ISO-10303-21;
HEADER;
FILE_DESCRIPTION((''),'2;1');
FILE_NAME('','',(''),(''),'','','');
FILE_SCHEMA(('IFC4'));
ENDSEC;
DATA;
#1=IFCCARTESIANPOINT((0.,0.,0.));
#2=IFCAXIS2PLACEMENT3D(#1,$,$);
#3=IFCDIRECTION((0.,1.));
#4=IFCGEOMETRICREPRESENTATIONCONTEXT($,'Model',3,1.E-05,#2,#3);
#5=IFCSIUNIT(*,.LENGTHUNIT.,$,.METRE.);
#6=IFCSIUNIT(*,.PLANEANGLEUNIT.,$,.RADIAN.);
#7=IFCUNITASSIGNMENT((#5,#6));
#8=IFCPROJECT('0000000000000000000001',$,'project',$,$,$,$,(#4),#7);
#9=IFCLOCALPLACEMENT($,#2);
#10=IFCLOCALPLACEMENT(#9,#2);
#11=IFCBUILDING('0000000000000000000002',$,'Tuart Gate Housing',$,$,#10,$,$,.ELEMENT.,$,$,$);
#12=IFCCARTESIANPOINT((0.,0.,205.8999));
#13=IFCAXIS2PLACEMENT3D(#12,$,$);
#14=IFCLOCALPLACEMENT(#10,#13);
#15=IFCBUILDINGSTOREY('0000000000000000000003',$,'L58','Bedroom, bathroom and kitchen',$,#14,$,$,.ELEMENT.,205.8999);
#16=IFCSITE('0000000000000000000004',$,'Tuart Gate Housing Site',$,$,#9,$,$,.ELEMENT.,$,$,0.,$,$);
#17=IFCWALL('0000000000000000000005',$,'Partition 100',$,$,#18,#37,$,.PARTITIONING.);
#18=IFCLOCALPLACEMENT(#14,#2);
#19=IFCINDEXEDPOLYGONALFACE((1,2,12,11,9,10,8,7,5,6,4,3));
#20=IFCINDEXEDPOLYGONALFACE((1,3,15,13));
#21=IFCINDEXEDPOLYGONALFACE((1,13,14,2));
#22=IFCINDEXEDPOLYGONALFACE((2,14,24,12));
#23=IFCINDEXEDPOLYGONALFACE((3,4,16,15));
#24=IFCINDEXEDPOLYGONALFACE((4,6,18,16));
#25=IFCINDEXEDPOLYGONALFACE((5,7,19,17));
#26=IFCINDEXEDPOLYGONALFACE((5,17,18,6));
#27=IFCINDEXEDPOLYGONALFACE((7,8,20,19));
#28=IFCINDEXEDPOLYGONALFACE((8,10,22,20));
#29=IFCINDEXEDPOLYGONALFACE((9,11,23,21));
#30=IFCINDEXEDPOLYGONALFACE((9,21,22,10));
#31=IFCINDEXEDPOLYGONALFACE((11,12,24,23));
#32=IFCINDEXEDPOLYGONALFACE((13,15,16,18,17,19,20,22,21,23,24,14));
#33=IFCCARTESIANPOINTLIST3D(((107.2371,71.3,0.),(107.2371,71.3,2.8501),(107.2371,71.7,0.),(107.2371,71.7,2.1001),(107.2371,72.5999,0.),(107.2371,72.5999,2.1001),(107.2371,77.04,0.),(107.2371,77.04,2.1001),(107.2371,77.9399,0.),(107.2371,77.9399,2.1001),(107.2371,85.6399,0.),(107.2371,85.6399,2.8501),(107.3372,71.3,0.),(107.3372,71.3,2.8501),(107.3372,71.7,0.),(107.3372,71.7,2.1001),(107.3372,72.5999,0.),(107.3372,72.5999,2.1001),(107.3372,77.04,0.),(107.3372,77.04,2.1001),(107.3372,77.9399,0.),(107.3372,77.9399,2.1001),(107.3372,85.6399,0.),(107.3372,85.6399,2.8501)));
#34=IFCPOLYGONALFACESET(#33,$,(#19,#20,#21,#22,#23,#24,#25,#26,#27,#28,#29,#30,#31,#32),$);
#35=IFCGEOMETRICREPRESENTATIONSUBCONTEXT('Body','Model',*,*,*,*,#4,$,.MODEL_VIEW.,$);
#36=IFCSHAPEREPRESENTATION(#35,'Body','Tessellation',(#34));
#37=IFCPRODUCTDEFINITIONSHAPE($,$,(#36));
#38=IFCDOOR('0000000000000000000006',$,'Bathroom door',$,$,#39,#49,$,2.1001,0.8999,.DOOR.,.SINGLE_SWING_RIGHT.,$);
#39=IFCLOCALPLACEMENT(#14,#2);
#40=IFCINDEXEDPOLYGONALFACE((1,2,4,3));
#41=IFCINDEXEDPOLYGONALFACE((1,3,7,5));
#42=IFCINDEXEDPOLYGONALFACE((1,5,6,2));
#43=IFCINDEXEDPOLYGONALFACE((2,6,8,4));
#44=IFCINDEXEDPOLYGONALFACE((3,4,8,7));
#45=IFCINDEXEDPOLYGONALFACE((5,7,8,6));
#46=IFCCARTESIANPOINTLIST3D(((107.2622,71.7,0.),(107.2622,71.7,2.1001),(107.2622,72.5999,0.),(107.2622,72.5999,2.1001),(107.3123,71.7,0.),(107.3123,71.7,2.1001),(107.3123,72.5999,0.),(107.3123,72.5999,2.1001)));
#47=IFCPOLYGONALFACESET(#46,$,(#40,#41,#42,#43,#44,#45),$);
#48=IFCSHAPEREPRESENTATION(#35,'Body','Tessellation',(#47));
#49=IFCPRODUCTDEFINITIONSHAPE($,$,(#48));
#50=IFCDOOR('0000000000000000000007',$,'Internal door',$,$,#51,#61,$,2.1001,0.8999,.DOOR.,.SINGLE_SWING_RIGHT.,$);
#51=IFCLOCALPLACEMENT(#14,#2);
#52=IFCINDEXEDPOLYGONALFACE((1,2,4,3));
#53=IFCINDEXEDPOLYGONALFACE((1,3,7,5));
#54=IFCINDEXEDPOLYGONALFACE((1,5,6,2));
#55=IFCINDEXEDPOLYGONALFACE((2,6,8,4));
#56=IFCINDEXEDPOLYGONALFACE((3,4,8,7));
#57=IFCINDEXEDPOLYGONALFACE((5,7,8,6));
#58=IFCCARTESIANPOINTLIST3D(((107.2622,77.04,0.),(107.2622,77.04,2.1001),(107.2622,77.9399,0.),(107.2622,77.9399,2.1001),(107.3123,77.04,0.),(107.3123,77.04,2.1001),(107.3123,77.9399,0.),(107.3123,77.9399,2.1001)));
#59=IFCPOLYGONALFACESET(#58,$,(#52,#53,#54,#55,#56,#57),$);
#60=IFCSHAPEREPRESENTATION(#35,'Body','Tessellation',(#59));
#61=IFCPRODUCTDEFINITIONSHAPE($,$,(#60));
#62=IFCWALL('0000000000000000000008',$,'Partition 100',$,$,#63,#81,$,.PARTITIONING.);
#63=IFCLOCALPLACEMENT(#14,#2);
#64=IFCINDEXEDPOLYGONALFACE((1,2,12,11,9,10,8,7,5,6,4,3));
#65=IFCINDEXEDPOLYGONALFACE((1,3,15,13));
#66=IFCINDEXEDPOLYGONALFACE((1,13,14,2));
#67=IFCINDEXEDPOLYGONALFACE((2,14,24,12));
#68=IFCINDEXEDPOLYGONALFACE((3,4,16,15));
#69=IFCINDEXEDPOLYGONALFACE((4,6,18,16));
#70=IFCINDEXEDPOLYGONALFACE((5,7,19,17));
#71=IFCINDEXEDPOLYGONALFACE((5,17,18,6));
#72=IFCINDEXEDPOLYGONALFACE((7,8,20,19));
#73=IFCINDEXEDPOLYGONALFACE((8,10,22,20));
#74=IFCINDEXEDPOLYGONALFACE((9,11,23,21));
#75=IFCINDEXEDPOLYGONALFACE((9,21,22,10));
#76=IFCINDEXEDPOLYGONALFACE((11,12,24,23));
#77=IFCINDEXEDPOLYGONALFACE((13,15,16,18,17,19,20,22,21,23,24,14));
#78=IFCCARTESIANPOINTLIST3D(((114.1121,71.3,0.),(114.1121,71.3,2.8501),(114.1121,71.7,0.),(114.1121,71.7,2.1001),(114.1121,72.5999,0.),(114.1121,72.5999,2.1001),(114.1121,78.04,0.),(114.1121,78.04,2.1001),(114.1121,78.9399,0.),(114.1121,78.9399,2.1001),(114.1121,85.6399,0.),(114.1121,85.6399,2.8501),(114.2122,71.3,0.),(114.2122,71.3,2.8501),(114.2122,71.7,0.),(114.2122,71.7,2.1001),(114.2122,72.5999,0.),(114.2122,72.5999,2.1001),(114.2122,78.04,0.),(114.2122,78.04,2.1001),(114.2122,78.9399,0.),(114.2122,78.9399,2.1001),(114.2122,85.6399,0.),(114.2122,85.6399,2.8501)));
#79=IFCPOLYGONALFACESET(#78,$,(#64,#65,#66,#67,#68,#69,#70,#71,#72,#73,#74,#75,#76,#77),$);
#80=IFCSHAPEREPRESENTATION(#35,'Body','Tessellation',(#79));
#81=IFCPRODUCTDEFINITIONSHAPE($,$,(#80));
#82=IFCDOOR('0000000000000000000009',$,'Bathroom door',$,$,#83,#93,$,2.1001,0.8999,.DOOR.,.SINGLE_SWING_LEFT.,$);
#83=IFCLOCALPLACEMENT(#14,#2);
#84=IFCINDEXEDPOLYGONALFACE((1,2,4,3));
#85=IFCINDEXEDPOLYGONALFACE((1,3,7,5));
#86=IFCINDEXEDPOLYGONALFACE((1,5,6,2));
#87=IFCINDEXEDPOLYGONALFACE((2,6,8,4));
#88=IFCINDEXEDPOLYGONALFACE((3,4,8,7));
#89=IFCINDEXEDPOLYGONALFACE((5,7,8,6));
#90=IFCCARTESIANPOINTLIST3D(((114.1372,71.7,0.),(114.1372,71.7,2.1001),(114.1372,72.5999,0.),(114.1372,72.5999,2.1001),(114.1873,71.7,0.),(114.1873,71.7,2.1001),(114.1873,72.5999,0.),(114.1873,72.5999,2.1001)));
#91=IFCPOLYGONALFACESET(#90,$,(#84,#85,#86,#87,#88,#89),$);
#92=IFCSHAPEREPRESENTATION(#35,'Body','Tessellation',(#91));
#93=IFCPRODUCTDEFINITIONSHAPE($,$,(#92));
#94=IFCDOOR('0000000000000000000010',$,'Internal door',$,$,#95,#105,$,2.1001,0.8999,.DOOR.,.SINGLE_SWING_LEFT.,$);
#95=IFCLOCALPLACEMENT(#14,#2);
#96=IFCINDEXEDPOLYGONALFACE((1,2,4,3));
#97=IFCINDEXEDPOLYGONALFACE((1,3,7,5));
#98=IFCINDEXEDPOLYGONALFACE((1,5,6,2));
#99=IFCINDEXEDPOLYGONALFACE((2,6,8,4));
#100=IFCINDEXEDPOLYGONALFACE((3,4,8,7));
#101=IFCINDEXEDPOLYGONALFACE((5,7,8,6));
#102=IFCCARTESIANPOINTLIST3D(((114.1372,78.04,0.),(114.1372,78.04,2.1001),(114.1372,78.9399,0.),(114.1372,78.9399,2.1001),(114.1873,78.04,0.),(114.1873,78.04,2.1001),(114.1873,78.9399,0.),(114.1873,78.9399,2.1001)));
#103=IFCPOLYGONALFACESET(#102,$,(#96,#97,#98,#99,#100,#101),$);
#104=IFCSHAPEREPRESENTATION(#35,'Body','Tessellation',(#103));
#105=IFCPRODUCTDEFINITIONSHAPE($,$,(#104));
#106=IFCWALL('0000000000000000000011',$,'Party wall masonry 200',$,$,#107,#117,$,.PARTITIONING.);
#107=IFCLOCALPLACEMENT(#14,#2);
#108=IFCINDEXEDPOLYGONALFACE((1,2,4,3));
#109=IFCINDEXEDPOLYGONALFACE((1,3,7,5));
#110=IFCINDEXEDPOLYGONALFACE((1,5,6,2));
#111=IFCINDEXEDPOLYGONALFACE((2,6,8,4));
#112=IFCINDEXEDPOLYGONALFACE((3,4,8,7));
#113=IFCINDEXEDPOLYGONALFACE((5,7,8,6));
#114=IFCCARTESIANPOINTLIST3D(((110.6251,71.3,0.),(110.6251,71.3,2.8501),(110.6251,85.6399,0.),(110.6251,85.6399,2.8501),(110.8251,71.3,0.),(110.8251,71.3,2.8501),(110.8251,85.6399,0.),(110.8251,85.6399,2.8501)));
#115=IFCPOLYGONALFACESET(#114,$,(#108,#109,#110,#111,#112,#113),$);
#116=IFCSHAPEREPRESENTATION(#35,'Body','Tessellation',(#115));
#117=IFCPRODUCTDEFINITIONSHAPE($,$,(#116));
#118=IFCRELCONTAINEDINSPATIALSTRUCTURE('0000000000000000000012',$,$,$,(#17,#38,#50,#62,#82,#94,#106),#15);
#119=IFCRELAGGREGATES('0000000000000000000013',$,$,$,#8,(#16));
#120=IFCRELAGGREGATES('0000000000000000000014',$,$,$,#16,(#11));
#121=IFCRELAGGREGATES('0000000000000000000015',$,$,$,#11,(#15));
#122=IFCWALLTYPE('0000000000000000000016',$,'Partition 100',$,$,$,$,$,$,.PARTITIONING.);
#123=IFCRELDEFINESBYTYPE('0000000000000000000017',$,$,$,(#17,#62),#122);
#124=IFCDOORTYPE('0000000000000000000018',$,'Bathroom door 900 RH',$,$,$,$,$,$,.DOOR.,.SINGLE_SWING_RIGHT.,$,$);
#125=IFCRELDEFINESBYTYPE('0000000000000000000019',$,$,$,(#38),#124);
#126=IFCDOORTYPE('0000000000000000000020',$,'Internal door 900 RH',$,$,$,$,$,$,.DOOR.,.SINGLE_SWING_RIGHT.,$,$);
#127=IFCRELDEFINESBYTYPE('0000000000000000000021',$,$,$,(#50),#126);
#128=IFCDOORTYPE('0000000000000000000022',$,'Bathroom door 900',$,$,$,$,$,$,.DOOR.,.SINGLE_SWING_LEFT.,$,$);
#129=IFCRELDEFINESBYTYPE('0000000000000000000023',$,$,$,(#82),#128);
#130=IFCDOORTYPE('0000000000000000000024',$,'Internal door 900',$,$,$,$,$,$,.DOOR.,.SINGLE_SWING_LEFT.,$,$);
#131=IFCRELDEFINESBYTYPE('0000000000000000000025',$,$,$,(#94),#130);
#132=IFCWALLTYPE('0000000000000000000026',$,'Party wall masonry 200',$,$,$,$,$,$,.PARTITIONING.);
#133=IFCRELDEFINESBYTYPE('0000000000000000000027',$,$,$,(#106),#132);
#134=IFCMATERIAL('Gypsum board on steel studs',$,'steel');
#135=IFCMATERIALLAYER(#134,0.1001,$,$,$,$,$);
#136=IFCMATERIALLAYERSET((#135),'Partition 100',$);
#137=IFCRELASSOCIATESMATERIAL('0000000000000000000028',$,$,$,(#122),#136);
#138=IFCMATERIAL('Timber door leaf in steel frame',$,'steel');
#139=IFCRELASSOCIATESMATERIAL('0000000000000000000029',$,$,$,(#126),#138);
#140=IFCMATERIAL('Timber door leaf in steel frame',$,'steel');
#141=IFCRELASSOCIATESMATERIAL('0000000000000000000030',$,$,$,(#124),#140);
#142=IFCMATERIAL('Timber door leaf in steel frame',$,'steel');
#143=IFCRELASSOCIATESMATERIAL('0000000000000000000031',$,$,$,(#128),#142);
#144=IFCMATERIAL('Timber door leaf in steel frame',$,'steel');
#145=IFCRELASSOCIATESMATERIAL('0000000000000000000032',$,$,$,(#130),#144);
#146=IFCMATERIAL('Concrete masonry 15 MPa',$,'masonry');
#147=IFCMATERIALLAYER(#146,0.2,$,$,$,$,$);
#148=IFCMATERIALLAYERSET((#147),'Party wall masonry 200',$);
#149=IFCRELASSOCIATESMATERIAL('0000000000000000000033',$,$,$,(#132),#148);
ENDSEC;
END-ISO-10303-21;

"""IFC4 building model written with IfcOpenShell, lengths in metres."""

from ifc_helpers import new_model, si_unit, direction, frame, frame_2d, origin, place, context, subcontext, project, spatial, rectangle, extrude, material, layer, layer_set, type_object, element, fill, save


model = new_model("IFC4")

# Units and contexts
model_context = context("Model", 3, precision=1e-05, world=origin(), true_north=direction((0.0, 1.0)))
body_context = subcontext(model_context, "Body", "Model", "MODEL_VIEW")
ifc_project = project(units=[si_unit("LENGTHUNIT", "METRE"), si_unit("PLANEANGLEUNIT", "RADIAN")], contexts=[model_context])

# Site, building, storey
site_placement = place(None, origin())
site = spatial("IfcSite", under=ifc_project, at=site_placement, Name="Tuart Gate Housing Site", CompositionType="ELEMENT", RefElevation=0.0)
building_placement = place(site_placement, origin())
building = spatial("IfcBuilding", under=site, at=building_placement, Name="Tuart Gate Housing", CompositionType="ELEMENT")
storey_placement = place(building_placement, frame((0.0, 0.0, 205.8999)))
storey = spatial("IfcBuildingStorey", under=building, at=storey_placement, Name="L58", Description="Bedroom, bathroom and kitchen", CompositionType="ELEMENT", Elevation=205.8999)

# Shared definitions
ifc_material_1 = material(Name="Gypsum board on steel studs", Category="steel")
ifc_layer_1 = layer(ifc_material_1, 0.1001)
ifc_layer_set_1 = layer_set([ifc_layer_1], Name="Partition 100")
wall_type_1 = type_object("IfcWallType", Name="Partition 100", PredefinedType="PARTITIONING", material=ifc_layer_set_1)

# Walls, openings, doors
ifc_material_2 = material(Name="Timber door leaf in steel frame", Category="steel")
door_type_1 = type_object("IfcDoorType", Name="Internal door 900 RH", OperationType="SINGLE_SWING_RIGHT", PredefinedType="DOOR", material=ifc_material_2)
wall_1_placement = place(storey_placement, frame((107.2871, 71.3, 0.0), z_axis=(0.0, 0.0, 1.0), x_axis=(0.0, 1.0, 0.0)))
wall_1 = element("IfcWall", 1, at=wall_1_placement, inside=storey, type_object=wall_type_1, Name="Partition 100", PredefinedType="PARTITIONING", context=body_context, shape_type="SweptSolid", body=[
    extrude(rectangle(XDim=14.3398, YDim=0.1001, at=frame_2d((7.1699, 0.0))), origin(), (0.0, 0.0, 1.0), 2.8501),
])
opening_1_placement = place(wall_1_placement, frame((5.74, 0.0, 0.0)))
opening_1 = element("IfcOpeningElement", 2, at=opening_1_placement, cuts=wall_1, PredefinedType="OPENING", context=body_context, shape_type="SweptSolid", body=[
    extrude(rectangle(XDim=0.8999, YDim=2.1001, at=frame_2d((0.45, 1.05))), frame((0.0, 0.0601, 0.0), z_axis=(0.0, -1.0, 0.0), x_axis=(1.0, 0.0, 0.0)), (0.0, 0.0, 1.0), 0.1201),
])
opening_2_placement = place(wall_1_placement, frame((0.3999, 0.0, 0.0)))
opening_2 = element("IfcOpeningElement", 3, at=opening_2_placement, cuts=wall_1, PredefinedType="OPENING", context=body_context, shape_type="SweptSolid", body=[
    extrude(rectangle(XDim=0.8999, YDim=2.1001, at=frame_2d((0.45, 1.05))), frame((0.0, 0.0601, 0.0), z_axis=(0.0, -1.0, 0.0), x_axis=(1.0, 0.0, 0.0)), (0.0, 0.0, 1.0), 0.1201),
])
ifc_material_3 = material(Name="Timber door leaf in steel frame", Category="steel")
door_type_2 = type_object("IfcDoorType", Name="Bathroom door 900 RH", OperationType="SINGLE_SWING_RIGHT", PredefinedType="DOOR", material=ifc_material_3)
door_1_placement = place(opening_2_placement, frame((0.8999, 0.0, 0.0), z_axis=(0.0, 0.0, 1.0), x_axis=(-1.0, 0.0, 0.0)))
door_1 = element("IfcDoor", 4, at=door_1_placement, inside=storey, type_object=door_type_2, Name="Bathroom door", OperationType="SINGLE_SWING_RIGHT", OverallHeight=2.1001, OverallWidth=0.8999, PredefinedType="DOOR", context=body_context, shape_type="SweptSolid", body=[
    extrude(rectangle(XDim=0.8999, YDim=2.1001, at=frame_2d((0.45, 1.05))), frame((0.0, 0.0251, 0.0), z_axis=(0.0, -1.0, 0.0), x_axis=(1.0, 0.0, 0.0)), (0.0, 0.0, 1.0), 0.05),
])
fill(opening_2, door_1)
door_2_placement = place(opening_1_placement, frame((0.8999, 0.0, 0.0), z_axis=(0.0, 0.0, 1.0), x_axis=(-1.0, 0.0, 0.0)))
door_2 = element("IfcDoor", 5, at=door_2_placement, inside=storey, type_object=door_type_1, Name="Internal door", OperationType="SINGLE_SWING_RIGHT", OverallHeight=2.1001, OverallWidth=0.8999, PredefinedType="DOOR", context=body_context, shape_type="SweptSolid", body=[
    extrude(rectangle(XDim=0.8999, YDim=2.1001, at=frame_2d((0.45, 1.05))), frame((0.0, 0.0251, 0.0), z_axis=(0.0, -1.0, 0.0), x_axis=(1.0, 0.0, 0.0)), (0.0, 0.0, 1.0), 0.05),
])
fill(opening_1, door_2)
wall_2_placement = place(storey_placement, frame((114.1621, 71.3, 0.0), z_axis=(0.0, 0.0, 1.0), x_axis=(0.0, 1.0, 0.0)))
wall_2 = element("IfcWall", 6, at=wall_2_placement, inside=storey, type_object=wall_type_1, Name="Partition 100", PredefinedType="PARTITIONING", context=body_context, shape_type="SweptSolid", body=[
    extrude(rectangle(XDim=14.3398, YDim=0.1001, at=frame_2d((7.1699, 0.0))), origin(), (0.0, 0.0, 1.0), 2.8501),
])
opening_3_placement = place(wall_2_placement, frame((6.74, 0.0, 0.0)))
opening_3 = element("IfcOpeningElement", 7, at=opening_3_placement, cuts=wall_2, PredefinedType="OPENING", context=body_context, shape_type="SweptSolid", body=[
    extrude(rectangle(XDim=0.8999, YDim=2.1001, at=frame_2d((0.45, 1.05))), frame((0.0, 0.0601, 0.0), z_axis=(0.0, -1.0, 0.0), x_axis=(1.0, 0.0, 0.0)), (0.0, 0.0, 1.0), 0.1201),
])
opening_4_placement = place(wall_2_placement, frame((0.3999, 0.0, 0.0)))
opening_4 = element("IfcOpeningElement", 8, at=opening_4_placement, cuts=wall_2, PredefinedType="OPENING", context=body_context, shape_type="SweptSolid", body=[
    extrude(rectangle(XDim=0.8999, YDim=2.1001, at=frame_2d((0.45, 1.05))), frame((0.0, 0.0601, 0.0), z_axis=(0.0, -1.0, 0.0), x_axis=(1.0, 0.0, 0.0)), (0.0, 0.0, 1.0), 0.1201),
])
ifc_material_4 = material(Name="Timber door leaf in steel frame", Category="steel")
door_type_3 = type_object("IfcDoorType", Name="Bathroom door 900", OperationType="SINGLE_SWING_LEFT", PredefinedType="DOOR", material=ifc_material_4)
door_3_placement = place(opening_4_placement, origin())
door_3 = element("IfcDoor", 9, at=door_3_placement, inside=storey, type_object=door_type_3, Name="Bathroom door", OperationType="SINGLE_SWING_LEFT", OverallHeight=2.1001, OverallWidth=0.8999, PredefinedType="DOOR", context=body_context, shape_type="SweptSolid", body=[
    extrude(rectangle(XDim=0.8999, YDim=2.1001, at=frame_2d((0.45, 1.05))), frame((0.0, 0.0249, 0.0), z_axis=(0.0, -1.0, 0.0), x_axis=(1.0, 0.0, 0.0)), (0.0, 0.0, 1.0), 0.05),
])
fill(opening_4, door_3)
ifc_material_5 = material(Name="Timber door leaf in steel frame", Category="steel")
door_type_4 = type_object("IfcDoorType", Name="Internal door 900", OperationType="SINGLE_SWING_LEFT", PredefinedType="DOOR", material=ifc_material_5)
door_4_placement = place(opening_3_placement, origin())
door_4 = element("IfcDoor", 10, at=door_4_placement, inside=storey, type_object=door_type_4, Name="Internal door", OperationType="SINGLE_SWING_LEFT", OverallHeight=2.1001, OverallWidth=0.8999, PredefinedType="DOOR", context=body_context, shape_type="SweptSolid", body=[
    extrude(rectangle(XDim=0.8999, YDim=2.1001, at=frame_2d((0.45, 1.05))), frame((0.0, 0.0249, 0.0), z_axis=(0.0, -1.0, 0.0), x_axis=(1.0, 0.0, 0.0)), (0.0, 0.0, 1.0), 0.05),
])
fill(opening_3, door_4)

# Wall
ifc_material_6 = material(Name="Concrete masonry 15 MPa", Category="masonry")
ifc_layer_2 = layer(ifc_material_6, 0.2)
ifc_layer_set_2 = layer_set([ifc_layer_2], Name="Party wall masonry 200")
wall_type_2 = type_object("IfcWallType", Name="Party wall masonry 200", PredefinedType="PARTITIONING", material=ifc_layer_set_2)
wall_3_placement = place(storey_placement, frame((110.7251, 71.3, 0.0), z_axis=(0.0, 0.0, 1.0), x_axis=(0.0, 1.0, 0.0)))
element("IfcWall", 11, at=wall_3_placement, inside=storey, type_object=wall_type_2, Name="Party wall masonry 200", PredefinedType="PARTITIONING", context=body_context, shape_type="SweptSolid", body=[
    extrude(rectangle(XDim=14.3398, YDim=0.2, at=frame_2d((7.1699, 0.0))), origin(), (0.0, 0.0, 1.0), 2.8501),
])

save(model, "model.ifc")
